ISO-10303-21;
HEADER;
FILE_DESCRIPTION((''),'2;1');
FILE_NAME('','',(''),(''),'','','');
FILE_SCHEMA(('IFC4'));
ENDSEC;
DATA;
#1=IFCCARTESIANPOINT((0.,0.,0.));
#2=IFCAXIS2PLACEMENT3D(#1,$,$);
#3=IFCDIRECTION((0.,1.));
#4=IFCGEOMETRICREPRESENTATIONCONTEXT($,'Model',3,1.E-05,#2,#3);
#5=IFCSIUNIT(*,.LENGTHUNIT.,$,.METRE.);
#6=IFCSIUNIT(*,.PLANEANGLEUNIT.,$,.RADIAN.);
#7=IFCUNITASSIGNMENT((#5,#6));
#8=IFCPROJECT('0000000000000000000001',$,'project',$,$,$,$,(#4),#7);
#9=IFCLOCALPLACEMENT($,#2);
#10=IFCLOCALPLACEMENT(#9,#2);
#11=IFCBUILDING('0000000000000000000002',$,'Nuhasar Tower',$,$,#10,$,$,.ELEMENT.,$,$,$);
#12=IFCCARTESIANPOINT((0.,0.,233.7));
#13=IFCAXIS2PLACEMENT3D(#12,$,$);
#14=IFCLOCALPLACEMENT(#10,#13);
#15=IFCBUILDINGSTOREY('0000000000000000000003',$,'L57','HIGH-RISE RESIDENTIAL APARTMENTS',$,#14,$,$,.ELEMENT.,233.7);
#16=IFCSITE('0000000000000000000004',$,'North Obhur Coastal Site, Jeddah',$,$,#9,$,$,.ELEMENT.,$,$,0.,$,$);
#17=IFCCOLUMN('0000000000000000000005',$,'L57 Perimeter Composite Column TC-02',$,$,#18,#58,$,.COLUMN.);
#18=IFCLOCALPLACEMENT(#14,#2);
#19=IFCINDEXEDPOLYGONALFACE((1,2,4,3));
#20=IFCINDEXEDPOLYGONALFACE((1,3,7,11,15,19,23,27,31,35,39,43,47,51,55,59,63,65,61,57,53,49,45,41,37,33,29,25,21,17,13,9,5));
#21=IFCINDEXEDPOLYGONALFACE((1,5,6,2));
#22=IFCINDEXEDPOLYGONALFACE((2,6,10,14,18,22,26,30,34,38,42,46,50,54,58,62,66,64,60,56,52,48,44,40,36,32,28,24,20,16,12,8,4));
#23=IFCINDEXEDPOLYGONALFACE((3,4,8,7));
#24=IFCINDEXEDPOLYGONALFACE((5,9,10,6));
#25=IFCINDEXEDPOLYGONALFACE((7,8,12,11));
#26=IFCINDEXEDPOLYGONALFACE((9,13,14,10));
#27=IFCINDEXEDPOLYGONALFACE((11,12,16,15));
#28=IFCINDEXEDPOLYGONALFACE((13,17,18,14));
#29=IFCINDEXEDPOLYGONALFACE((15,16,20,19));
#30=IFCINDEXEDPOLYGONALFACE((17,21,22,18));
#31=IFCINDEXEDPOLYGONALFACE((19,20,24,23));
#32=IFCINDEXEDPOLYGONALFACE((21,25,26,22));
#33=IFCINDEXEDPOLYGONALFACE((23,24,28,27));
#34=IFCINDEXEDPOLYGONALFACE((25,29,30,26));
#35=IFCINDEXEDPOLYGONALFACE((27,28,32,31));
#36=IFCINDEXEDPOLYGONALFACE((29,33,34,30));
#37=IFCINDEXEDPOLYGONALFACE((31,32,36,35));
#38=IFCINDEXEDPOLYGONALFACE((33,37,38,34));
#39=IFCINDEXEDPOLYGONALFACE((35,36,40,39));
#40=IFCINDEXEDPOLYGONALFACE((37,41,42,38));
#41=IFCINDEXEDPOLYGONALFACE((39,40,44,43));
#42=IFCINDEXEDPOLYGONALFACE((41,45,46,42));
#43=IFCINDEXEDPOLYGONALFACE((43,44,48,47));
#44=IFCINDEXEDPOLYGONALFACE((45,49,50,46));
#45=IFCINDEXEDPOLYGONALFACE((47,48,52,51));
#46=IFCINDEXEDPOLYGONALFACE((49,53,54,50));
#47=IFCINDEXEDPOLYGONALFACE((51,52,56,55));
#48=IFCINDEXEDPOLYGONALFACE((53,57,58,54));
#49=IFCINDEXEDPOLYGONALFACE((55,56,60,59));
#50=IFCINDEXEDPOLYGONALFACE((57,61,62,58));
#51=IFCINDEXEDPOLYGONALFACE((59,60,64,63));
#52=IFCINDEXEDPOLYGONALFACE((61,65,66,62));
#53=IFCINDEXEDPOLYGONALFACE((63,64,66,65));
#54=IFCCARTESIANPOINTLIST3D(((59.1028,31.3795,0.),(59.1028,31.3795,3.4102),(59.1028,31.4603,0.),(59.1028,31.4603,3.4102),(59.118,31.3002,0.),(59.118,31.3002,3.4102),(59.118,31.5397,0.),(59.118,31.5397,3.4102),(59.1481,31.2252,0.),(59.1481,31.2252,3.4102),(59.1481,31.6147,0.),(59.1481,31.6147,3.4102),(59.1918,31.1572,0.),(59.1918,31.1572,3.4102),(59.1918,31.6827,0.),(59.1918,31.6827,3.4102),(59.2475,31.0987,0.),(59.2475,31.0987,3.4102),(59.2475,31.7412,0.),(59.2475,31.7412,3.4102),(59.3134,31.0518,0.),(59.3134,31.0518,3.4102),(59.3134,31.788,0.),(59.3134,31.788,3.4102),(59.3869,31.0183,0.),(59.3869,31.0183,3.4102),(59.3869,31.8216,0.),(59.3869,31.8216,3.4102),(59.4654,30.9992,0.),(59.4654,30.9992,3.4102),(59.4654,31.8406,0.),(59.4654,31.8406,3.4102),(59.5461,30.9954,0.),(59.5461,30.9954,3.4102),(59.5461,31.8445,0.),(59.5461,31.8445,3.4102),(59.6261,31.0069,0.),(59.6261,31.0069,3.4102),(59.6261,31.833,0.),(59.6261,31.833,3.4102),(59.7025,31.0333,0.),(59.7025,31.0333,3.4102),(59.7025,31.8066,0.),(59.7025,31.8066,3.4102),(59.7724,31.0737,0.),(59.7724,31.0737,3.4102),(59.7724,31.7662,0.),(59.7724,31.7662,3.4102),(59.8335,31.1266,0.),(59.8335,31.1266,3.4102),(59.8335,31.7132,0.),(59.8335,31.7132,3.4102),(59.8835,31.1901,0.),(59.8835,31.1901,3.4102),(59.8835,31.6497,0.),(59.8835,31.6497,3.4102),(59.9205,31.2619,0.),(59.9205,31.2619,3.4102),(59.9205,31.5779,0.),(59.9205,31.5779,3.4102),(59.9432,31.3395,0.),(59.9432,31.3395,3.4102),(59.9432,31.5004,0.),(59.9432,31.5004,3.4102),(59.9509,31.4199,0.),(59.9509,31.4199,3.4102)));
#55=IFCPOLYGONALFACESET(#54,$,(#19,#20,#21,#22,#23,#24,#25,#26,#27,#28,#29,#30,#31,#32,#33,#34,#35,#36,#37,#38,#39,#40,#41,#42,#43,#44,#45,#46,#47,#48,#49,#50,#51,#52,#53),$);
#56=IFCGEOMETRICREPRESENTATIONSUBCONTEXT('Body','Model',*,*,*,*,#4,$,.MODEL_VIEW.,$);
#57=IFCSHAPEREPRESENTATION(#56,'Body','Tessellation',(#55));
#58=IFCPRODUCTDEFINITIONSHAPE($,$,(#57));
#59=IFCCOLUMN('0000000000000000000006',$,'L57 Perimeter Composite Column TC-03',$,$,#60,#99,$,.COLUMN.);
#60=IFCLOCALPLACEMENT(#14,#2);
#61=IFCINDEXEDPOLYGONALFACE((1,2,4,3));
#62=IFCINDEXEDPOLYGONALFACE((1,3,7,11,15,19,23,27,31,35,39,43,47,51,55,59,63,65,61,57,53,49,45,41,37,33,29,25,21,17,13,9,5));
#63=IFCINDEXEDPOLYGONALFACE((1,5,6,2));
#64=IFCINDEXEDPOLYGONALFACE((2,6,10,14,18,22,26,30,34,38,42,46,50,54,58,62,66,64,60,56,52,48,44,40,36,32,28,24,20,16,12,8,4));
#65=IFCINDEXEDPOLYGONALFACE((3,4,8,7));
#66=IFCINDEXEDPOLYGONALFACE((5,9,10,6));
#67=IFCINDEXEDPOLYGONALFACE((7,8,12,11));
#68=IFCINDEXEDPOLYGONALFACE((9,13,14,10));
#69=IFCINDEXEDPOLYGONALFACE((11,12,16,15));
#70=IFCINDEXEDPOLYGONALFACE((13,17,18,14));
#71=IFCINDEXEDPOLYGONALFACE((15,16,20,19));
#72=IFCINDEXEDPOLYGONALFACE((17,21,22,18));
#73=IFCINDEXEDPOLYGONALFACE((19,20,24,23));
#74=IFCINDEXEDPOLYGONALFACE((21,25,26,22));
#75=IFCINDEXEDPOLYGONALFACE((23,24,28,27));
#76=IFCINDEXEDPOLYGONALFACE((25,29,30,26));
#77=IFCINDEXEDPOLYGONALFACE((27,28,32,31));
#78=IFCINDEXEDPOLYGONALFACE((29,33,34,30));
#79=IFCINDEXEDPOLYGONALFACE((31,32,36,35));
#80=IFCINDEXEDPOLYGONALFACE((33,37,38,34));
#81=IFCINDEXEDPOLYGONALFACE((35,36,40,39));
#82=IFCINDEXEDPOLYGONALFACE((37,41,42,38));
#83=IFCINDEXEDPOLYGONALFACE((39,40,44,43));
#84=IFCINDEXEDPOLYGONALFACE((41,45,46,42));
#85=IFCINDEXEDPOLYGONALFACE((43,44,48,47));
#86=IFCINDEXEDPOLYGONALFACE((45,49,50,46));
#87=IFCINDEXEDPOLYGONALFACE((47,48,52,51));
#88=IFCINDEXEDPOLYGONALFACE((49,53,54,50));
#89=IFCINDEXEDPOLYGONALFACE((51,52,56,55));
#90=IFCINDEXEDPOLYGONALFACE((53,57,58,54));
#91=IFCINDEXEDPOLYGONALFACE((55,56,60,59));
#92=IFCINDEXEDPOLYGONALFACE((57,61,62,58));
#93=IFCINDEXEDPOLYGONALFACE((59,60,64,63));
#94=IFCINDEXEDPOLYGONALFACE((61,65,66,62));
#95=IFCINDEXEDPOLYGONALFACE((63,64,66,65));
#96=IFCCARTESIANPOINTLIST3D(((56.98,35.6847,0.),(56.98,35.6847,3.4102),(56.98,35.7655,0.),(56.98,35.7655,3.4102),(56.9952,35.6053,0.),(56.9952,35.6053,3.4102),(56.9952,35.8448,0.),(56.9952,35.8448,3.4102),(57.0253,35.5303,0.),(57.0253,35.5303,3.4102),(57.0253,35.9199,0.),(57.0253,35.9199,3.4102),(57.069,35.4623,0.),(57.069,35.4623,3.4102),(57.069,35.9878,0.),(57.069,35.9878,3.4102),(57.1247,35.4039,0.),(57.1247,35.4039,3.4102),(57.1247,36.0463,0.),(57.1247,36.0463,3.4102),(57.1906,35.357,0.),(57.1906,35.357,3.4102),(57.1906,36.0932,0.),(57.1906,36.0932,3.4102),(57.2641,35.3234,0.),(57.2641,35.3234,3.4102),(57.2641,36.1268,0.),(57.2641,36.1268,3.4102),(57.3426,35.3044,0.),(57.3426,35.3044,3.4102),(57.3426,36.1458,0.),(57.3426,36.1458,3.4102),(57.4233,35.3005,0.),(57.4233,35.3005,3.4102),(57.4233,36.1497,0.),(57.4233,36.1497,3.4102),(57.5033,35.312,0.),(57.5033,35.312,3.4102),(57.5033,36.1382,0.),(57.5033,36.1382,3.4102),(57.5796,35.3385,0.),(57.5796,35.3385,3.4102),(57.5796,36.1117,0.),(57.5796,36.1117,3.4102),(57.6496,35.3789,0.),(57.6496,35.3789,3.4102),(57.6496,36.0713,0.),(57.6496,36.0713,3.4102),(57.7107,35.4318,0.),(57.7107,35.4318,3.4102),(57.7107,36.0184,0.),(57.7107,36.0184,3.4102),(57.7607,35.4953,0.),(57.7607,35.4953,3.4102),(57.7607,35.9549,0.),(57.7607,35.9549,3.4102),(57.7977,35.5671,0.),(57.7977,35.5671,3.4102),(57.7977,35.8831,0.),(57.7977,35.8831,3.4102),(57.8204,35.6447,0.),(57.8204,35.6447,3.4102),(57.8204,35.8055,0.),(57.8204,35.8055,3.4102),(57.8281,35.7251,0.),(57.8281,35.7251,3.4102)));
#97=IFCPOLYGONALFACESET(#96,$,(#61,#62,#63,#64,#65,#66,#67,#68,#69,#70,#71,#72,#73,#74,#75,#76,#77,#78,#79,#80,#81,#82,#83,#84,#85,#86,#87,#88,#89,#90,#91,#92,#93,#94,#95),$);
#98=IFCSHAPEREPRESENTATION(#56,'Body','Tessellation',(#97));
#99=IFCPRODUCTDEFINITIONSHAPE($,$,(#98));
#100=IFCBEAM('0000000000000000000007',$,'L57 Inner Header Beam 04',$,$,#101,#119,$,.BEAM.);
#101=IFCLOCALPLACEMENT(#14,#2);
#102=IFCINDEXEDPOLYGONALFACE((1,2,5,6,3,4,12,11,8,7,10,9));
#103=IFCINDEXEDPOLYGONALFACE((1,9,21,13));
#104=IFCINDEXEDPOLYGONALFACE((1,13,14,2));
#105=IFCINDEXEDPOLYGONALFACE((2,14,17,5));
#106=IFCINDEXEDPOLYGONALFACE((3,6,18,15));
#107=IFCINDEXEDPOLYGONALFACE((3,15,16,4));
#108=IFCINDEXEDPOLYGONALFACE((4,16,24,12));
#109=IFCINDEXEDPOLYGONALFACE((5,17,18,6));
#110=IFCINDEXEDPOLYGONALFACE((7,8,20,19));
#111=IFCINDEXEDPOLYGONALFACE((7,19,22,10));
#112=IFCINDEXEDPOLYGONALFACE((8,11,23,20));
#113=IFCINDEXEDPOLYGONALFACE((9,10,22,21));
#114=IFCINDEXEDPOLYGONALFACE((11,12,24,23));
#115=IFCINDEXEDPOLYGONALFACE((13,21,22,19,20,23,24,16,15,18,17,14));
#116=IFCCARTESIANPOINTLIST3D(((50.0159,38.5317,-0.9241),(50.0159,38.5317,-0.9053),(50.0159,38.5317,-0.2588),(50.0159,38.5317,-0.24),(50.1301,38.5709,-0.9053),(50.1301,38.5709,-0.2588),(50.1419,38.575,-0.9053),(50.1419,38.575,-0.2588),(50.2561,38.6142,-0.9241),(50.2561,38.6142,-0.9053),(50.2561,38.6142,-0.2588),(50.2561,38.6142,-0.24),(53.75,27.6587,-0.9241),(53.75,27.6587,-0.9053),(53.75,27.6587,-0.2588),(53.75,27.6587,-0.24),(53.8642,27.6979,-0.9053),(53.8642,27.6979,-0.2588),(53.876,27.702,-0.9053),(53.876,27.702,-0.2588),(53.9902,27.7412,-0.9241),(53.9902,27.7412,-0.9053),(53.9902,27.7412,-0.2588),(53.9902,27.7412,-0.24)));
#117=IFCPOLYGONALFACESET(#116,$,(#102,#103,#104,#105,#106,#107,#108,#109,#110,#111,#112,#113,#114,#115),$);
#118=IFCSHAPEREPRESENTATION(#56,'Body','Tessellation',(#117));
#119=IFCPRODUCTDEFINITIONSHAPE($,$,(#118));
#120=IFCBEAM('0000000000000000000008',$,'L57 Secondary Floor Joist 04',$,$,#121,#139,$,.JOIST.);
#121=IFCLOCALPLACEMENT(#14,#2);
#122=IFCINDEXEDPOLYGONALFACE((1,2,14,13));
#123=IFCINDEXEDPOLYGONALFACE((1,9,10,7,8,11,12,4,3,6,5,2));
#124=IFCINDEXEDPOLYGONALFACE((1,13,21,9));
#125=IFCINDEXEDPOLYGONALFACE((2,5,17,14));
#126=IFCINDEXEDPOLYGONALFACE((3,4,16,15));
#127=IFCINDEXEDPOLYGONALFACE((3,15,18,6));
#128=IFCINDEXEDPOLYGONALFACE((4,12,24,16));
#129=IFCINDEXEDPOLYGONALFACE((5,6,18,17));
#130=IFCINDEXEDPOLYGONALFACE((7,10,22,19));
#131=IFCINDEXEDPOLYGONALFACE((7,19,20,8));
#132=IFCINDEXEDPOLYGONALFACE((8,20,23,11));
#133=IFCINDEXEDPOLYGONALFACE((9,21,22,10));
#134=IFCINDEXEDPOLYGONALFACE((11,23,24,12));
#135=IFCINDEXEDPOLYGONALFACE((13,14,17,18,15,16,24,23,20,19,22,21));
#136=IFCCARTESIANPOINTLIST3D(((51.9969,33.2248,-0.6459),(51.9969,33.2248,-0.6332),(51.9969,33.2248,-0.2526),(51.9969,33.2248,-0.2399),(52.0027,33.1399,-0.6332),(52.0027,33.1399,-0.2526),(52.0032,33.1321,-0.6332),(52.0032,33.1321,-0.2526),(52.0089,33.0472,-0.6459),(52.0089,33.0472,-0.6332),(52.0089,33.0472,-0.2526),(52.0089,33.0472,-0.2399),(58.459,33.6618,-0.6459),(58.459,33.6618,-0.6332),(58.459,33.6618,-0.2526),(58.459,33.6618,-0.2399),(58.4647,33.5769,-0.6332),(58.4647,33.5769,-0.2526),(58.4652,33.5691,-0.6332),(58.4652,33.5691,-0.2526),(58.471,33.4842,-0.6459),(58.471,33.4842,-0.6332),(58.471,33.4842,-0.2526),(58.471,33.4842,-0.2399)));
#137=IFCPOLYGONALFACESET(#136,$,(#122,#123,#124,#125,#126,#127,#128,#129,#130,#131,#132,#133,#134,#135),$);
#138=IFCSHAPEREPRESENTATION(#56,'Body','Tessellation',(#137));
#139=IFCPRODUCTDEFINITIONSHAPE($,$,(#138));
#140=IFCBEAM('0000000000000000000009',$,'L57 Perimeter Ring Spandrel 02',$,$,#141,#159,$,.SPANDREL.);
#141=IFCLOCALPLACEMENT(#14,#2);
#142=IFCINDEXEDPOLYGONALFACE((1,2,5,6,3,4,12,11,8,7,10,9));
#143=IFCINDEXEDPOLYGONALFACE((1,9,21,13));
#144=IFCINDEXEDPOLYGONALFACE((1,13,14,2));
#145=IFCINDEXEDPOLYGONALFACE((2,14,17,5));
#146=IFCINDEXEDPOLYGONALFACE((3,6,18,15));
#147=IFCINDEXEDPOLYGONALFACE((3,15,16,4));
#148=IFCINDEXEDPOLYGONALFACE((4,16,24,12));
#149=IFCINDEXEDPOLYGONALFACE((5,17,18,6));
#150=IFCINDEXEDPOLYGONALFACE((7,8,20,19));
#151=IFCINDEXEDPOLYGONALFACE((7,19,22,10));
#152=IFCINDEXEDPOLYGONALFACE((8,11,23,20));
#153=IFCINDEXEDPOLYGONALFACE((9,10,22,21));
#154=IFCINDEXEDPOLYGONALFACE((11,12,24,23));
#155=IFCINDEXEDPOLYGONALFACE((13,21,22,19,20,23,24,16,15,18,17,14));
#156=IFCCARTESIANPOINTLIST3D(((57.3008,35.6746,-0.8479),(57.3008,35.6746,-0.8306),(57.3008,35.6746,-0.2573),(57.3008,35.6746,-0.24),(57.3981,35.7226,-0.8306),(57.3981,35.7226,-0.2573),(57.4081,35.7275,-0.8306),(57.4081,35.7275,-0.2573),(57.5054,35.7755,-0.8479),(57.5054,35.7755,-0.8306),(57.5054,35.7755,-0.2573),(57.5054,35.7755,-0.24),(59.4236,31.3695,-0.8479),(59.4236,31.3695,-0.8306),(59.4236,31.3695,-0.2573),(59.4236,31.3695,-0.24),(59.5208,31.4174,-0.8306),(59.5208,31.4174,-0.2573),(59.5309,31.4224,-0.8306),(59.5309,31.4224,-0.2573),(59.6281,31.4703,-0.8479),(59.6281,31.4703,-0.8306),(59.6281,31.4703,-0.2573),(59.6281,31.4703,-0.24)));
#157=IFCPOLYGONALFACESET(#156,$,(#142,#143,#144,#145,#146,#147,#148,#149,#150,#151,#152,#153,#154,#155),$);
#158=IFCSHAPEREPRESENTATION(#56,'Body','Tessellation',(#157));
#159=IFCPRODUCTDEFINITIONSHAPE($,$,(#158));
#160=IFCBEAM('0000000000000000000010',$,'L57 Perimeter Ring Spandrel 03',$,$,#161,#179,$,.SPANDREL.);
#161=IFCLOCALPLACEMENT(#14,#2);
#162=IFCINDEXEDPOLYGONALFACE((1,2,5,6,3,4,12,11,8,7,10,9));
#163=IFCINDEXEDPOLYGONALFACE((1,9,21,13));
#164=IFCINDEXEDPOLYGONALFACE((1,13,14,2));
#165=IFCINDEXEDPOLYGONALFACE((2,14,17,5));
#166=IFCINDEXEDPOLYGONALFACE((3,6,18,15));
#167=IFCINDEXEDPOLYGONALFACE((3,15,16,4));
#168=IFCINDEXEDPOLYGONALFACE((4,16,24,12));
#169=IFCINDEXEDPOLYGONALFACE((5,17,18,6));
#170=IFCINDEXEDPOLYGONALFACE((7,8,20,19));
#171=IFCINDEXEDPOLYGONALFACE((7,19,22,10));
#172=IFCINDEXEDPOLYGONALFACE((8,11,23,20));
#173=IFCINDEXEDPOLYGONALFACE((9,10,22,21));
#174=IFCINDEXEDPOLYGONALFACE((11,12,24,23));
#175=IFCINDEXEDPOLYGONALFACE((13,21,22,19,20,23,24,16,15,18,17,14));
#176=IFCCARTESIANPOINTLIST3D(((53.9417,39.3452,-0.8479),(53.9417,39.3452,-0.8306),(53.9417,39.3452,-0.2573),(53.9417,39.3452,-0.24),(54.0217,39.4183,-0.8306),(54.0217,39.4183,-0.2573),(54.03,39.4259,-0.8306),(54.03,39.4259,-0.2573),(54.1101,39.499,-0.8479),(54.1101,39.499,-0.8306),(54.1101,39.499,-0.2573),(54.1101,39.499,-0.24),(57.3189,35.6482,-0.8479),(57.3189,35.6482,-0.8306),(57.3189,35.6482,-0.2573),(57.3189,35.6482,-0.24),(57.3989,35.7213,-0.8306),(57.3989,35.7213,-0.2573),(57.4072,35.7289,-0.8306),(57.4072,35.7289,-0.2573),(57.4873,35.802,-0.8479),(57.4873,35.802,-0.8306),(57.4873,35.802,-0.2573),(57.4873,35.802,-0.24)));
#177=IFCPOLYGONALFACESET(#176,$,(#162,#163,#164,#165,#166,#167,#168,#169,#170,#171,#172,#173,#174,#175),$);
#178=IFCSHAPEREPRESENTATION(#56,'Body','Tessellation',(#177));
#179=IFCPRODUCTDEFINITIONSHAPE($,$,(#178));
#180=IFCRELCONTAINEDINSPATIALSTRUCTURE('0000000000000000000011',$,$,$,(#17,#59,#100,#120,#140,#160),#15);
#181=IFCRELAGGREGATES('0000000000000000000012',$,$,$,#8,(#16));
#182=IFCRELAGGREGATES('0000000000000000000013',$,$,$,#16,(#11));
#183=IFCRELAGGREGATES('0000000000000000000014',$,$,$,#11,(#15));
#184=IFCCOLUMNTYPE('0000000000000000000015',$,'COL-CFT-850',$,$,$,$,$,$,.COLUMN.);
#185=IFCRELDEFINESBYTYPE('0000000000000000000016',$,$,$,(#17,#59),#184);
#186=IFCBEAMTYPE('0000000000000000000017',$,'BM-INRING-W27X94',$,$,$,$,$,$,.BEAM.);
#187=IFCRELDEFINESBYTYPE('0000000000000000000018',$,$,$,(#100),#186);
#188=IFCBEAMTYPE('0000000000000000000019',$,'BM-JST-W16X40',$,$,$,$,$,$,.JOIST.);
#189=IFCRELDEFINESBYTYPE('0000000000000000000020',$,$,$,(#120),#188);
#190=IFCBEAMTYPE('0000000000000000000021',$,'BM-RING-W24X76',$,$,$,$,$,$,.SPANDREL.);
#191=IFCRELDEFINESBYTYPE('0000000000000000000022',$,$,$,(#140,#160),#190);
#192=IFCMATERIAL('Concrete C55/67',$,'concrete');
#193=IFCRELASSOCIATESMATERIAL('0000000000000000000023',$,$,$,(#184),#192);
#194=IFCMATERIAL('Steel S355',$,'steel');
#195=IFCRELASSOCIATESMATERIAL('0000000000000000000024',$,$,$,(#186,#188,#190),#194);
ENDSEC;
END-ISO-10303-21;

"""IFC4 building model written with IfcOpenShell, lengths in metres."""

from ifc_helpers import new_model, si_unit, direction, frame, origin, origin_2d, place, context, subcontext, project, spatial, circle, i_section, extrude, material, material_profile, profile_set, type_object, element, save


model = new_model("IFC4")

# Units and contexts
model_context = context("Model", 3, precision=1e-05, world=origin(), true_north=direction((0.0, 1.0)))
body_context = subcontext(model_context, "Body", "Model", "MODEL_VIEW")
ifc_project = project(units=[si_unit("LENGTHUNIT", "METRE"), si_unit("PLANEANGLEUNIT", "RADIAN")], contexts=[model_context])

# Site, building, storey
site_placement = place(None, origin())
site = spatial("IfcSite", under=ifc_project, at=site_placement, Name="North Obhur Coastal Site, Jeddah", CompositionType="ELEMENT", RefElevation=0.0)
building_placement = place(site_placement, origin())
building = spatial("IfcBuilding", under=site, at=building_placement, Name="Nuhasar Tower", CompositionType="ELEMENT")
storey_placement = place(building_placement, frame((0.0, 0.0, 233.7)))
storey = spatial("IfcBuildingStorey", under=building, at=storey_placement, Name="L57", Description="HIGH-RISE RESIDENTIAL APARTMENTS", CompositionType="ELEMENT", Elevation=233.7)

# Columns
ifc_material_1 = material(Name="Concrete C55/67", Category="concrete")
ifc_material_profile_1 = material_profile(ifc_material_1, circle(Radius=0.425, at=origin_2d()), Name="CFT850")
ifc_profile_set_1 = profile_set([ifc_material_profile_1], Name="Concrete C55/67")
column_type = type_object("IfcColumnType", Name="COL-CFT-850", PredefinedType="COLUMN", material=ifc_profile_set_1)
for number, where, z_axis, x_axis, name in (
    (1, (59.5259, 31.4199, 0.0), (0.0, 0.0, 1.0), (1.0, 0.0, 0.0), "L57 Perimeter Composite Column TC-02"),
    (2, (57.4031, 35.7251, 0.0), (0.0, 0.0, 1.0), (1.0, 0.0, 0.0), "L57 Perimeter Composite Column TC-03"),
):
    element("IfcColumn", number, at=place(storey_placement, frame(where, z_axis=z_axis, x_axis=x_axis)), inside=storey, type_object=column_type, Name=name, PredefinedType="COLUMN", context=body_context, shape_type="SweptSolid", body=[
        extrude(circle(Radius=0.425, at=origin_2d()), origin(), (0.0, 0.0, 1.0), 3.4102),
    ])

# Beams
ifc_material_2 = material(Name="Steel S355", Category="steel")
ifc_material_profile_2 = material_profile(ifc_material_2, i_section(OverallWidth=0.2539, OverallDepth=0.6841, WebThickness=0.0125, FlangeThickness=0.0188, at=origin_2d()), Name="W27X94")
ifc_profile_set_2 = profile_set([ifc_material_profile_2], Name="Steel S355")
beam_type_1 = type_object("IfcBeamType", Name="BM-INRING-W27X94", PredefinedType="BEAM", material=ifc_profile_set_2)
beam_1_placement = place(storey_placement, frame((53.8701, 27.7, -0.582), z_axis=(-0.324809, 0.94578, 0.0), x_axis=(-0.94578, -0.324809, 0.0)))
element("IfcBeam", 3, at=beam_1_placement, inside=storey, type_object=beam_type_1, Name="L57 Inner Header Beam 04", PredefinedType="BEAM", context=body_context, shape_type="SweptSolid", body=[
    extrude(i_section(OverallWidth=0.2539, OverallDepth=0.6841, WebThickness=0.0125, FlangeThickness=0.0188, at=origin_2d()), origin(), (0.0, 0.0, 1.0), 11.4963),
])
ifc_material_profile_3 = material_profile(ifc_material_2, i_section(OverallWidth=0.178, OverallDepth=0.406, WebThickness=0.0078, FlangeThickness=0.0127, at=origin_2d()), Name="W16X40")
ifc_profile_set_3 = profile_set([ifc_material_profile_3], Name="Steel S355")
beam_type_2 = type_object("IfcBeamType", Name="BM-JST-W16X40", PredefinedType="JOIST", material=ifc_profile_set_3)
beam_2_placement = place(storey_placement, frame((52.0029, 33.136, -0.4429), z_axis=(0.997721, 0.067472, 0.0), x_axis=(-0.067472, 0.997721, 0.0)))
element("IfcBeam", 4, at=beam_2_placement, inside=storey, type_object=beam_type_2, Name="L57 Secondary Floor Joist 04", PredefinedType="JOIST", context=body_context, shape_type="SweptSolid", body=[
    extrude(i_section(OverallWidth=0.178, OverallDepth=0.406, WebThickness=0.0078, FlangeThickness=0.0127, at=origin_2d()), origin(), (0.0, 0.0, 1.0), 6.4768),
])
ifc_material_profile_4 = material_profile(ifc_material_2, i_section(OverallWidth=0.228, OverallDepth=0.6079, WebThickness=0.0112, FlangeThickness=0.0173, at=origin_2d()), Name="W24X76")
ifc_profile_set_4 = profile_set([ifc_material_profile_4], Name="Steel S355")
beam_type_3 = type_object("IfcBeamType", Name="BM-RING-W24X76", PredefinedType="SPANDREL", material=ifc_profile_set_4)
beam_3_placement = place(storey_placement, frame((59.5259, 31.4199, -0.5439), z_axis=(-0.442243, 0.896895, 0.0), x_axis=(-0.896895, -0.442243, 0.0)))
element("IfcBeam", 5, at=beam_3_placement, inside=storey, type_object=beam_type_3, Name="L57 Perimeter Ring Spandrel 02", PredefinedType="SPANDREL", context=body_context, shape_type="SweptSolid", body=[
    extrude(i_section(OverallWidth=0.228, OverallDepth=0.6079, WebThickness=0.0112, FlangeThickness=0.0173, at=origin_2d()), origin(), (0.0, 0.0, 1.0), 4.8),
])
beam_4_placement = place(storey_placement, frame((57.4031, 35.7251, -0.5439), z_axis=(-0.67445, 0.738321, 0.0), x_axis=(-0.738321, -0.67445, 0.0)))
element("IfcBeam", 6, at=beam_4_placement, inside=storey, type_object=beam_type_3, Name="L57 Perimeter Ring Spandrel 03", PredefinedType="SPANDREL", context=body_context, shape_type="SweptSolid", body=[
    extrude(i_section(OverallWidth=0.228, OverallDepth=0.6079, WebThickness=0.0112, FlangeThickness=0.0173, at=origin_2d()), origin(), (0.0, 0.0, 1.0), 5.0073),
])

save(model, "model.ifc")
